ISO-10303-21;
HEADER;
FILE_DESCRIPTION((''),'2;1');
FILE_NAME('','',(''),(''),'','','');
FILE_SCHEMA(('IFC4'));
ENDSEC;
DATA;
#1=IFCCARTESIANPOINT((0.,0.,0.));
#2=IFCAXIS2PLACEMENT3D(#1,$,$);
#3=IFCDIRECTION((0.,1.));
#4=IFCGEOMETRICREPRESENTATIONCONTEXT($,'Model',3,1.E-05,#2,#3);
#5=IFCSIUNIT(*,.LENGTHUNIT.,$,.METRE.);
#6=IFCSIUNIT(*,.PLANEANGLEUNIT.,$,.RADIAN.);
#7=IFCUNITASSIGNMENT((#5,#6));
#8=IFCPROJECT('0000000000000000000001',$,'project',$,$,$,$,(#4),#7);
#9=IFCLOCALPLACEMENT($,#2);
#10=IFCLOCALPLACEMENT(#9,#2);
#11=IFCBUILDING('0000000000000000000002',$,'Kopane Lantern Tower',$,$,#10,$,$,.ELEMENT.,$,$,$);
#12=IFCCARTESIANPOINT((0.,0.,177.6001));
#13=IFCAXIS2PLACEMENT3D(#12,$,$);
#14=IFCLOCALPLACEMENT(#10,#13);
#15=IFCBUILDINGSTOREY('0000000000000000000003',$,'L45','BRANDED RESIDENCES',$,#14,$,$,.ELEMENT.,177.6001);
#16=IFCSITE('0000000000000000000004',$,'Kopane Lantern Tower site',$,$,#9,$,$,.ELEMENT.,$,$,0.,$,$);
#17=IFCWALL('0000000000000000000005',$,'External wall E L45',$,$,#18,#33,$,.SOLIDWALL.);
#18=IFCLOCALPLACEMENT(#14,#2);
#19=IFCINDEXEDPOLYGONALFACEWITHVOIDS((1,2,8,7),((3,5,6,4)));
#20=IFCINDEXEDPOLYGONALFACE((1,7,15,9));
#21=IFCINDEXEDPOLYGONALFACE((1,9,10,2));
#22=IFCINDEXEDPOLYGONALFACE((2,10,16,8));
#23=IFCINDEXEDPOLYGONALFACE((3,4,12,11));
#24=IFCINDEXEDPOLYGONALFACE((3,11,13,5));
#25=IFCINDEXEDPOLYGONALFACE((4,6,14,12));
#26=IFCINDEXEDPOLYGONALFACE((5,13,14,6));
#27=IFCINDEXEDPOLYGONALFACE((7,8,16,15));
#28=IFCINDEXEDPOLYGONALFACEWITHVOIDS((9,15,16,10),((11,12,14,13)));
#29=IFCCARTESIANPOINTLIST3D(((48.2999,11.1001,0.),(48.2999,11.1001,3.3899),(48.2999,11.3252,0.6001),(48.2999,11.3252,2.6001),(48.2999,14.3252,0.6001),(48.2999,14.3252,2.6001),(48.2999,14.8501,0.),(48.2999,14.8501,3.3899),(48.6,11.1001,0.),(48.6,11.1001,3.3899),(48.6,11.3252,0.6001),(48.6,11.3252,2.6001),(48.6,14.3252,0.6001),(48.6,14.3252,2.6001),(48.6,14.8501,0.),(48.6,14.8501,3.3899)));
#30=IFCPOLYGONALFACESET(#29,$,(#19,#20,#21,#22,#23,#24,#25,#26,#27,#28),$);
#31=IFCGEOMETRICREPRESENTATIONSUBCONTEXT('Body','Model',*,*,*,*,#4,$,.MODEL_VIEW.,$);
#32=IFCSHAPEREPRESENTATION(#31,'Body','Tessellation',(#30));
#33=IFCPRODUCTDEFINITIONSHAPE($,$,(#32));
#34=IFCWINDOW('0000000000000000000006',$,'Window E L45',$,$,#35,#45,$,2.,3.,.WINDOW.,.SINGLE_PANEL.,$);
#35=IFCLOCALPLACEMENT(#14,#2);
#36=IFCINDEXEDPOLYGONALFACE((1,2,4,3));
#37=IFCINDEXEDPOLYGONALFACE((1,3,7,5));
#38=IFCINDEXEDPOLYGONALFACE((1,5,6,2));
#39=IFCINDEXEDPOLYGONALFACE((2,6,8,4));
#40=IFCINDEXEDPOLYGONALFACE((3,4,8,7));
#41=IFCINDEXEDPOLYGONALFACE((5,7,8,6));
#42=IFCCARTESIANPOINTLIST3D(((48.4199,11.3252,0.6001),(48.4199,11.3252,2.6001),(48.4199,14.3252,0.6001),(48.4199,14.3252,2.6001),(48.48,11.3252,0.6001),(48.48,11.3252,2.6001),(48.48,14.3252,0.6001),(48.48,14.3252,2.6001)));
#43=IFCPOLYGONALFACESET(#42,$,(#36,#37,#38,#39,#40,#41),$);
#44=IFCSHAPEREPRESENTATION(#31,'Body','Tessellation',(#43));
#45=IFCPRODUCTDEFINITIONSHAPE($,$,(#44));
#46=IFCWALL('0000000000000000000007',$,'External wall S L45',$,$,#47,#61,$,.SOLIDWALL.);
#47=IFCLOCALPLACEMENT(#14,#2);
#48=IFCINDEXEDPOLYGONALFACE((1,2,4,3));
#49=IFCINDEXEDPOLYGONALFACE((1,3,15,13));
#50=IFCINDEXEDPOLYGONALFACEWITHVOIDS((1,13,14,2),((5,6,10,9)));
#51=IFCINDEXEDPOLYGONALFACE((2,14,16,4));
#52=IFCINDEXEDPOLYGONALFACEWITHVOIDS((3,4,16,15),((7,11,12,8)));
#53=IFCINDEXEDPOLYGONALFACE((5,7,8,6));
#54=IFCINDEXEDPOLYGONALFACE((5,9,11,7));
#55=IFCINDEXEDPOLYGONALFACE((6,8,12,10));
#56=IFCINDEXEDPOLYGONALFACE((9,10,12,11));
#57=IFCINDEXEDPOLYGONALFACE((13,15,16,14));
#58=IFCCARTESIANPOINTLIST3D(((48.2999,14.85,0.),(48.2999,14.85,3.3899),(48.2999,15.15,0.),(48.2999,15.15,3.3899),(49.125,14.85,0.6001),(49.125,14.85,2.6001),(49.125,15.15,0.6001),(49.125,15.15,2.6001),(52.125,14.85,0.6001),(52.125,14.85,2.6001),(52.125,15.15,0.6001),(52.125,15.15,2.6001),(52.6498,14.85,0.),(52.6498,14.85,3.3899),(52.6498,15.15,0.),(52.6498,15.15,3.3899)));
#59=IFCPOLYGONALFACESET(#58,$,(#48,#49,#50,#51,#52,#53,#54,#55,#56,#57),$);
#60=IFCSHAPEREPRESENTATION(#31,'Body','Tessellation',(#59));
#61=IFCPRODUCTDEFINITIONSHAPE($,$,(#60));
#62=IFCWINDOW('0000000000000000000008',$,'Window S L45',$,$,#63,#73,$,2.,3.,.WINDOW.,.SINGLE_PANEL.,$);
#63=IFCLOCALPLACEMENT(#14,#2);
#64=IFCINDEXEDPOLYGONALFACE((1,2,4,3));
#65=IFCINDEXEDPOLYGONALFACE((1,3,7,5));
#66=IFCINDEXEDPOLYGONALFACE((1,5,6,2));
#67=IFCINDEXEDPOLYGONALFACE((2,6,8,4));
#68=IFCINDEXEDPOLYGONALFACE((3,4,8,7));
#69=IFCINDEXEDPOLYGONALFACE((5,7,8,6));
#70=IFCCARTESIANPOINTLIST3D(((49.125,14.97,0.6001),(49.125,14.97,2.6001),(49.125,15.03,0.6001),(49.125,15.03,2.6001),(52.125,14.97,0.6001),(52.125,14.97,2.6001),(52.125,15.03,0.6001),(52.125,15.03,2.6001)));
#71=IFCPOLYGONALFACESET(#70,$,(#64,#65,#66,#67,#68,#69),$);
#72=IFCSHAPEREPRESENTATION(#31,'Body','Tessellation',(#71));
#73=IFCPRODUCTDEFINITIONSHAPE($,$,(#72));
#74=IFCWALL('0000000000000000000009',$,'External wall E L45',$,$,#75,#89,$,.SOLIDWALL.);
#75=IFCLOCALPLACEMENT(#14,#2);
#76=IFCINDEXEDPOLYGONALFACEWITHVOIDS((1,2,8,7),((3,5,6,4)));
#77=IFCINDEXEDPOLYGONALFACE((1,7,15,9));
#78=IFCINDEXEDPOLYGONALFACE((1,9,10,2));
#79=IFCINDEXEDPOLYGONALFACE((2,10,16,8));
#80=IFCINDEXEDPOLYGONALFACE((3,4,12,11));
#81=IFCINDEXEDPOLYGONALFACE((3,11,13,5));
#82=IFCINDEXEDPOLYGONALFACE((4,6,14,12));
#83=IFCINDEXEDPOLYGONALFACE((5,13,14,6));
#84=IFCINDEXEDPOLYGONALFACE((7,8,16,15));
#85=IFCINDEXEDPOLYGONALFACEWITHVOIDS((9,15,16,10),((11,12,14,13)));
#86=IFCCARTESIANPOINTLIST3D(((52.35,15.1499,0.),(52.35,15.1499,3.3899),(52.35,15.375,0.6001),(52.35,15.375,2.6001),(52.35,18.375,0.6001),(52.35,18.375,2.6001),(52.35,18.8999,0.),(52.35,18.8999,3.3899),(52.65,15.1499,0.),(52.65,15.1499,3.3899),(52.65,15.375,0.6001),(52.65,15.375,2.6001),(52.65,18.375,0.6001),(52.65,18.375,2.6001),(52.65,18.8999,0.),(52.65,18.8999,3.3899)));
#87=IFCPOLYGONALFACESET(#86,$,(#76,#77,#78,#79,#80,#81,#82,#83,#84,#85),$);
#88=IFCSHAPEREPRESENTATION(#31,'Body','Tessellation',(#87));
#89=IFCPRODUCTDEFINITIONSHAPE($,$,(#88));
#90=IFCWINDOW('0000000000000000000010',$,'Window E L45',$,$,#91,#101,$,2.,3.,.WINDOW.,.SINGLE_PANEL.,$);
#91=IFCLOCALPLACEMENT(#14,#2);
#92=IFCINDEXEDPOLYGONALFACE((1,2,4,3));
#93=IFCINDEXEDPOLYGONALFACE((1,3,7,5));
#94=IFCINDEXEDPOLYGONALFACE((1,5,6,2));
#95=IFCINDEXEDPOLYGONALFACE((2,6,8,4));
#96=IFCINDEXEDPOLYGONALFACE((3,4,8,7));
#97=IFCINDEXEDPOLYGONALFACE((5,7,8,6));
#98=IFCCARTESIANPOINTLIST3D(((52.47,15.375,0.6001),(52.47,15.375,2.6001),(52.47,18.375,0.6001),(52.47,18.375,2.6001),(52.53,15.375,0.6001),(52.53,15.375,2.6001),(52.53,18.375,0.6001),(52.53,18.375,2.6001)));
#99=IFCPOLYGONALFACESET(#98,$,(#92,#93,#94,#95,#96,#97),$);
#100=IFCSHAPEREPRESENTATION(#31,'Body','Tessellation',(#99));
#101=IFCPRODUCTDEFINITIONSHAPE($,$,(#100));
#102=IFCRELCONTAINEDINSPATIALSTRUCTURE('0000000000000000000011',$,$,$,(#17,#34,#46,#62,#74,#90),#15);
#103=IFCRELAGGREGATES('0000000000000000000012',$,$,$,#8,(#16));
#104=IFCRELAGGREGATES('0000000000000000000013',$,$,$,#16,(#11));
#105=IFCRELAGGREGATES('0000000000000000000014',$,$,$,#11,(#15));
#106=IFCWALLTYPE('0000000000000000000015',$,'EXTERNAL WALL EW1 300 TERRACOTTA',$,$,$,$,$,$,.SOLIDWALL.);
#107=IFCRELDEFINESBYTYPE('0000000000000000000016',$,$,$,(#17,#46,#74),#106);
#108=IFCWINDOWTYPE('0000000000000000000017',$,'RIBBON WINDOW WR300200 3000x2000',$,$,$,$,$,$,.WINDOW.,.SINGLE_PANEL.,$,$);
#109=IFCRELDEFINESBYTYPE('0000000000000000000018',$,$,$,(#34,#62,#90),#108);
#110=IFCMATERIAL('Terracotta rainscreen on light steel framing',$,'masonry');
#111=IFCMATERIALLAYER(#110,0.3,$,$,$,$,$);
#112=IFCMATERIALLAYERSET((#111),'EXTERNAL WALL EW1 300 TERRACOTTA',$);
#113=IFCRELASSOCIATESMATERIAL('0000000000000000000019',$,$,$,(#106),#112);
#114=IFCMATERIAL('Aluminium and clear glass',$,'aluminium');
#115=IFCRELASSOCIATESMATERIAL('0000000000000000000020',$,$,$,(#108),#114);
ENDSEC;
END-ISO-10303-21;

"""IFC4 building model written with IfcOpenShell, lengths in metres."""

from ifc_helpers import new_model, si_unit, direction, frame, frame_2d, origin, place, context, subcontext, project, spatial, rectangle, extrude, material, layer, layer_set, type_object, element, fill, save


model = new_model("IFC4")

# Units and contexts
model_context = context("Model", 3, precision=1e-05, world=origin(), true_north=direction((0.0, 1.0)))
body_context = subcontext(model_context, "Body", "Model", "MODEL_VIEW")
ifc_project = project(units=[si_unit("LENGTHUNIT", "METRE"), si_unit("PLANEANGLEUNIT", "RADIAN")], contexts=[model_context])

# Site, building, storey
site_placement = place(None, origin())
site = spatial("IfcSite", under=ifc_project, at=site_placement, Name="Kopane Lantern Tower site", CompositionType="ELEMENT", RefElevation=0.0)
building_placement = place(site_placement, origin())
building = spatial("IfcBuilding", under=site, at=building_placement, Name="Kopane Lantern Tower", CompositionType="ELEMENT")
storey_placement = place(building_placement, frame((0.0, 0.0, 177.6001)))
storey = spatial("IfcBuildingStorey", under=building, at=storey_placement, Name="L45", Description="BRANDED RESIDENCES", CompositionType="ELEMENT", Elevation=177.6001)

# Walls, openings, windows
ifc_material_1 = material(Name="Terracotta rainscreen on light steel framing", Category="masonry")
ifc_layer_1 = layer(ifc_material_1, 0.3)
ifc_layer_set_1 = layer_set([ifc_layer_1], Name="EXTERNAL WALL EW1 300 TERRACOTTA")
wall_type_1 = type_object("IfcWallType", Name="EXTERNAL WALL EW1 300 TERRACOTTA", PredefinedType="SOLIDWALL", material=ifc_layer_set_1)
wall_1_placement = place(storey_placement, frame((48.45, 11.1001, 0.0), z_axis=(0.0, 0.0, 1.0), x_axis=(0.0, 1.0, 0.0)))
wall_1 = element("IfcWall", 1, at=wall_1_placement, inside=storey, type_object=wall_type_1, Name="External wall E L45", PredefinedType="SOLIDWALL", context=body_context, shape_type="SweptSolid", body=[
    extrude(rectangle(XDim=3.75, YDim=0.3, at=frame_2d((1.875, 0.0))), origin(), (0.0, 0.0, 1.0), 3.3899),
])
opening_1_placement = place(wall_1_placement, frame((0.2251, 0.0, 0.6001)))
opening_1 = element("IfcOpeningElement", 2, at=opening_1_placement, cuts=wall_1, PredefinedType="OPENING", context=body_context, shape_type="SweptSolid", body=[
    extrude(rectangle(XDim=3.0, YDim=2.0, at=frame_2d((1.5, 1.0))), frame((0.0, 0.1599, 0.0), z_axis=(0.0, -1.0, 0.0), x_axis=(1.0, 0.0, 0.0)), (0.0, 0.0, 1.0), 0.3201),
])
ifc_material_2 = material(Name="Aluminium and clear glass", Category="aluminium")
window_type = type_object("IfcWindowType", Name="RIBBON WINDOW WR300200 3000x2000", PartitioningType="SINGLE_PANEL", PredefinedType="WINDOW", material=ifc_material_2)
window_1_placement = place(opening_1_placement, origin())
window_1 = element("IfcWindow", 3, at=window_1_placement, inside=storey, type_object=window_type, Name="Window E L45", OverallHeight=2.0, OverallWidth=3.0, PartitioningType="SINGLE_PANEL", PredefinedType="WINDOW", context=body_context, shape_type="SweptSolid", body=[
    extrude(rectangle(XDim=3.0, YDim=2.0, at=frame_2d((1.5, 1.0))), frame((0.0, 0.03, 0.0), z_axis=(0.0, -1.0, 0.0), x_axis=(1.0, 0.0, 0.0)), (0.0, 0.0, 1.0), 0.0601),
])
fill(opening_1, window_1)
wall_2_placement = place(storey_placement, frame((48.3, 15.0, 0.0), z_axis=(0.0, 0.0, 1.0), x_axis=(1.0, 0.0, 0.0)))
wall_2 = element("IfcWall", 4, at=wall_2_placement, inside=storey, type_object=wall_type_1, Name="External wall S L45", PredefinedType="SOLIDWALL", context=body_context, shape_type="SweptSolid", body=[
    extrude(rectangle(XDim=4.3499, YDim=0.3, at=frame_2d((2.1748, 0.0))), origin(), (0.0, 0.0, 1.0), 3.3899),
])
opening_2_placement = place(wall_2_placement, frame((0.825, 0.0, 0.6001)))
opening_2 = element("IfcOpeningElement", 5, at=opening_2_placement, cuts=wall_2, PredefinedType="OPENING", context=body_context, shape_type="SweptSolid", body=[
    extrude(rectangle(XDim=3.0, YDim=2.0, at=frame_2d((1.5, 1.0))), frame((0.0, 0.1599, 0.0), z_axis=(0.0, -1.0, 0.0), x_axis=(1.0, 0.0, 0.0)), (0.0, 0.0, 1.0), 0.3201),
])
window_2_placement = place(opening_2_placement, origin())
window_2 = element("IfcWindow", 6, at=window_2_placement, inside=storey, type_object=window_type, Name="Window S L45", OverallHeight=2.0, OverallWidth=3.0, PartitioningType="SINGLE_PANEL", PredefinedType="WINDOW", context=body_context, shape_type="SweptSolid", body=[
    extrude(rectangle(XDim=3.0, YDim=2.0, at=frame_2d((1.5, 1.0))), frame((0.0, 0.03, 0.0), z_axis=(0.0, -1.0, 0.0), x_axis=(1.0, 0.0, 0.0)), (0.0, 0.0, 1.0), 0.0601),
])
fill(opening_2, window_2)
wall_3_placement = place(storey_placement, frame((52.5, 15.1499, 0.0), z_axis=(0.0, 0.0, 1.0), x_axis=(0.0, 1.0, 0.0)))
wall_3 = element("IfcWall", 7, at=wall_3_placement, inside=storey, type_object=wall_type_1, Name="External wall E L45", PredefinedType="SOLIDWALL", context=body_context, shape_type="SweptSolid", body=[
    extrude(rectangle(XDim=3.75, YDim=0.3, at=frame_2d((1.875, 0.0))), origin(), (0.0, 0.0, 1.0), 3.3899),
])
opening_3_placement = place(wall_3_placement, frame((0.2251, 0.0, 0.6001)))
opening_3 = element("IfcOpeningElement", 8, at=opening_3_placement, cuts=wall_3, PredefinedType="OPENING", context=body_context, shape_type="SweptSolid", body=[
    extrude(rectangle(XDim=3.0, YDim=2.0, at=frame_2d((1.5, 1.0))), frame((0.0, 0.1599, 0.0), z_axis=(0.0, -1.0, 0.0), x_axis=(1.0, 0.0, 0.0)), (0.0, 0.0, 1.0), 0.3201),
])
window_3_placement = place(opening_3_placement, origin())
window_3 = element("IfcWindow", 9, at=window_3_placement, inside=storey, type_object=window_type, Name="Window E L45", OverallHeight=2.0, OverallWidth=3.0, PartitioningType="SINGLE_PANEL", PredefinedType="WINDOW", context=body_context, shape_type="SweptSolid", body=[
    extrude(rectangle(XDim=3.0, YDim=2.0, at=frame_2d((1.5, 1.0))), frame((0.0, 0.03, 0.0), z_axis=(0.0, -1.0, 0.0), x_axis=(1.0, 0.0, 0.0)), (0.0, 0.0, 1.0), 0.0601),
])
fill(opening_3, window_3)

save(model, "model.ifc")
